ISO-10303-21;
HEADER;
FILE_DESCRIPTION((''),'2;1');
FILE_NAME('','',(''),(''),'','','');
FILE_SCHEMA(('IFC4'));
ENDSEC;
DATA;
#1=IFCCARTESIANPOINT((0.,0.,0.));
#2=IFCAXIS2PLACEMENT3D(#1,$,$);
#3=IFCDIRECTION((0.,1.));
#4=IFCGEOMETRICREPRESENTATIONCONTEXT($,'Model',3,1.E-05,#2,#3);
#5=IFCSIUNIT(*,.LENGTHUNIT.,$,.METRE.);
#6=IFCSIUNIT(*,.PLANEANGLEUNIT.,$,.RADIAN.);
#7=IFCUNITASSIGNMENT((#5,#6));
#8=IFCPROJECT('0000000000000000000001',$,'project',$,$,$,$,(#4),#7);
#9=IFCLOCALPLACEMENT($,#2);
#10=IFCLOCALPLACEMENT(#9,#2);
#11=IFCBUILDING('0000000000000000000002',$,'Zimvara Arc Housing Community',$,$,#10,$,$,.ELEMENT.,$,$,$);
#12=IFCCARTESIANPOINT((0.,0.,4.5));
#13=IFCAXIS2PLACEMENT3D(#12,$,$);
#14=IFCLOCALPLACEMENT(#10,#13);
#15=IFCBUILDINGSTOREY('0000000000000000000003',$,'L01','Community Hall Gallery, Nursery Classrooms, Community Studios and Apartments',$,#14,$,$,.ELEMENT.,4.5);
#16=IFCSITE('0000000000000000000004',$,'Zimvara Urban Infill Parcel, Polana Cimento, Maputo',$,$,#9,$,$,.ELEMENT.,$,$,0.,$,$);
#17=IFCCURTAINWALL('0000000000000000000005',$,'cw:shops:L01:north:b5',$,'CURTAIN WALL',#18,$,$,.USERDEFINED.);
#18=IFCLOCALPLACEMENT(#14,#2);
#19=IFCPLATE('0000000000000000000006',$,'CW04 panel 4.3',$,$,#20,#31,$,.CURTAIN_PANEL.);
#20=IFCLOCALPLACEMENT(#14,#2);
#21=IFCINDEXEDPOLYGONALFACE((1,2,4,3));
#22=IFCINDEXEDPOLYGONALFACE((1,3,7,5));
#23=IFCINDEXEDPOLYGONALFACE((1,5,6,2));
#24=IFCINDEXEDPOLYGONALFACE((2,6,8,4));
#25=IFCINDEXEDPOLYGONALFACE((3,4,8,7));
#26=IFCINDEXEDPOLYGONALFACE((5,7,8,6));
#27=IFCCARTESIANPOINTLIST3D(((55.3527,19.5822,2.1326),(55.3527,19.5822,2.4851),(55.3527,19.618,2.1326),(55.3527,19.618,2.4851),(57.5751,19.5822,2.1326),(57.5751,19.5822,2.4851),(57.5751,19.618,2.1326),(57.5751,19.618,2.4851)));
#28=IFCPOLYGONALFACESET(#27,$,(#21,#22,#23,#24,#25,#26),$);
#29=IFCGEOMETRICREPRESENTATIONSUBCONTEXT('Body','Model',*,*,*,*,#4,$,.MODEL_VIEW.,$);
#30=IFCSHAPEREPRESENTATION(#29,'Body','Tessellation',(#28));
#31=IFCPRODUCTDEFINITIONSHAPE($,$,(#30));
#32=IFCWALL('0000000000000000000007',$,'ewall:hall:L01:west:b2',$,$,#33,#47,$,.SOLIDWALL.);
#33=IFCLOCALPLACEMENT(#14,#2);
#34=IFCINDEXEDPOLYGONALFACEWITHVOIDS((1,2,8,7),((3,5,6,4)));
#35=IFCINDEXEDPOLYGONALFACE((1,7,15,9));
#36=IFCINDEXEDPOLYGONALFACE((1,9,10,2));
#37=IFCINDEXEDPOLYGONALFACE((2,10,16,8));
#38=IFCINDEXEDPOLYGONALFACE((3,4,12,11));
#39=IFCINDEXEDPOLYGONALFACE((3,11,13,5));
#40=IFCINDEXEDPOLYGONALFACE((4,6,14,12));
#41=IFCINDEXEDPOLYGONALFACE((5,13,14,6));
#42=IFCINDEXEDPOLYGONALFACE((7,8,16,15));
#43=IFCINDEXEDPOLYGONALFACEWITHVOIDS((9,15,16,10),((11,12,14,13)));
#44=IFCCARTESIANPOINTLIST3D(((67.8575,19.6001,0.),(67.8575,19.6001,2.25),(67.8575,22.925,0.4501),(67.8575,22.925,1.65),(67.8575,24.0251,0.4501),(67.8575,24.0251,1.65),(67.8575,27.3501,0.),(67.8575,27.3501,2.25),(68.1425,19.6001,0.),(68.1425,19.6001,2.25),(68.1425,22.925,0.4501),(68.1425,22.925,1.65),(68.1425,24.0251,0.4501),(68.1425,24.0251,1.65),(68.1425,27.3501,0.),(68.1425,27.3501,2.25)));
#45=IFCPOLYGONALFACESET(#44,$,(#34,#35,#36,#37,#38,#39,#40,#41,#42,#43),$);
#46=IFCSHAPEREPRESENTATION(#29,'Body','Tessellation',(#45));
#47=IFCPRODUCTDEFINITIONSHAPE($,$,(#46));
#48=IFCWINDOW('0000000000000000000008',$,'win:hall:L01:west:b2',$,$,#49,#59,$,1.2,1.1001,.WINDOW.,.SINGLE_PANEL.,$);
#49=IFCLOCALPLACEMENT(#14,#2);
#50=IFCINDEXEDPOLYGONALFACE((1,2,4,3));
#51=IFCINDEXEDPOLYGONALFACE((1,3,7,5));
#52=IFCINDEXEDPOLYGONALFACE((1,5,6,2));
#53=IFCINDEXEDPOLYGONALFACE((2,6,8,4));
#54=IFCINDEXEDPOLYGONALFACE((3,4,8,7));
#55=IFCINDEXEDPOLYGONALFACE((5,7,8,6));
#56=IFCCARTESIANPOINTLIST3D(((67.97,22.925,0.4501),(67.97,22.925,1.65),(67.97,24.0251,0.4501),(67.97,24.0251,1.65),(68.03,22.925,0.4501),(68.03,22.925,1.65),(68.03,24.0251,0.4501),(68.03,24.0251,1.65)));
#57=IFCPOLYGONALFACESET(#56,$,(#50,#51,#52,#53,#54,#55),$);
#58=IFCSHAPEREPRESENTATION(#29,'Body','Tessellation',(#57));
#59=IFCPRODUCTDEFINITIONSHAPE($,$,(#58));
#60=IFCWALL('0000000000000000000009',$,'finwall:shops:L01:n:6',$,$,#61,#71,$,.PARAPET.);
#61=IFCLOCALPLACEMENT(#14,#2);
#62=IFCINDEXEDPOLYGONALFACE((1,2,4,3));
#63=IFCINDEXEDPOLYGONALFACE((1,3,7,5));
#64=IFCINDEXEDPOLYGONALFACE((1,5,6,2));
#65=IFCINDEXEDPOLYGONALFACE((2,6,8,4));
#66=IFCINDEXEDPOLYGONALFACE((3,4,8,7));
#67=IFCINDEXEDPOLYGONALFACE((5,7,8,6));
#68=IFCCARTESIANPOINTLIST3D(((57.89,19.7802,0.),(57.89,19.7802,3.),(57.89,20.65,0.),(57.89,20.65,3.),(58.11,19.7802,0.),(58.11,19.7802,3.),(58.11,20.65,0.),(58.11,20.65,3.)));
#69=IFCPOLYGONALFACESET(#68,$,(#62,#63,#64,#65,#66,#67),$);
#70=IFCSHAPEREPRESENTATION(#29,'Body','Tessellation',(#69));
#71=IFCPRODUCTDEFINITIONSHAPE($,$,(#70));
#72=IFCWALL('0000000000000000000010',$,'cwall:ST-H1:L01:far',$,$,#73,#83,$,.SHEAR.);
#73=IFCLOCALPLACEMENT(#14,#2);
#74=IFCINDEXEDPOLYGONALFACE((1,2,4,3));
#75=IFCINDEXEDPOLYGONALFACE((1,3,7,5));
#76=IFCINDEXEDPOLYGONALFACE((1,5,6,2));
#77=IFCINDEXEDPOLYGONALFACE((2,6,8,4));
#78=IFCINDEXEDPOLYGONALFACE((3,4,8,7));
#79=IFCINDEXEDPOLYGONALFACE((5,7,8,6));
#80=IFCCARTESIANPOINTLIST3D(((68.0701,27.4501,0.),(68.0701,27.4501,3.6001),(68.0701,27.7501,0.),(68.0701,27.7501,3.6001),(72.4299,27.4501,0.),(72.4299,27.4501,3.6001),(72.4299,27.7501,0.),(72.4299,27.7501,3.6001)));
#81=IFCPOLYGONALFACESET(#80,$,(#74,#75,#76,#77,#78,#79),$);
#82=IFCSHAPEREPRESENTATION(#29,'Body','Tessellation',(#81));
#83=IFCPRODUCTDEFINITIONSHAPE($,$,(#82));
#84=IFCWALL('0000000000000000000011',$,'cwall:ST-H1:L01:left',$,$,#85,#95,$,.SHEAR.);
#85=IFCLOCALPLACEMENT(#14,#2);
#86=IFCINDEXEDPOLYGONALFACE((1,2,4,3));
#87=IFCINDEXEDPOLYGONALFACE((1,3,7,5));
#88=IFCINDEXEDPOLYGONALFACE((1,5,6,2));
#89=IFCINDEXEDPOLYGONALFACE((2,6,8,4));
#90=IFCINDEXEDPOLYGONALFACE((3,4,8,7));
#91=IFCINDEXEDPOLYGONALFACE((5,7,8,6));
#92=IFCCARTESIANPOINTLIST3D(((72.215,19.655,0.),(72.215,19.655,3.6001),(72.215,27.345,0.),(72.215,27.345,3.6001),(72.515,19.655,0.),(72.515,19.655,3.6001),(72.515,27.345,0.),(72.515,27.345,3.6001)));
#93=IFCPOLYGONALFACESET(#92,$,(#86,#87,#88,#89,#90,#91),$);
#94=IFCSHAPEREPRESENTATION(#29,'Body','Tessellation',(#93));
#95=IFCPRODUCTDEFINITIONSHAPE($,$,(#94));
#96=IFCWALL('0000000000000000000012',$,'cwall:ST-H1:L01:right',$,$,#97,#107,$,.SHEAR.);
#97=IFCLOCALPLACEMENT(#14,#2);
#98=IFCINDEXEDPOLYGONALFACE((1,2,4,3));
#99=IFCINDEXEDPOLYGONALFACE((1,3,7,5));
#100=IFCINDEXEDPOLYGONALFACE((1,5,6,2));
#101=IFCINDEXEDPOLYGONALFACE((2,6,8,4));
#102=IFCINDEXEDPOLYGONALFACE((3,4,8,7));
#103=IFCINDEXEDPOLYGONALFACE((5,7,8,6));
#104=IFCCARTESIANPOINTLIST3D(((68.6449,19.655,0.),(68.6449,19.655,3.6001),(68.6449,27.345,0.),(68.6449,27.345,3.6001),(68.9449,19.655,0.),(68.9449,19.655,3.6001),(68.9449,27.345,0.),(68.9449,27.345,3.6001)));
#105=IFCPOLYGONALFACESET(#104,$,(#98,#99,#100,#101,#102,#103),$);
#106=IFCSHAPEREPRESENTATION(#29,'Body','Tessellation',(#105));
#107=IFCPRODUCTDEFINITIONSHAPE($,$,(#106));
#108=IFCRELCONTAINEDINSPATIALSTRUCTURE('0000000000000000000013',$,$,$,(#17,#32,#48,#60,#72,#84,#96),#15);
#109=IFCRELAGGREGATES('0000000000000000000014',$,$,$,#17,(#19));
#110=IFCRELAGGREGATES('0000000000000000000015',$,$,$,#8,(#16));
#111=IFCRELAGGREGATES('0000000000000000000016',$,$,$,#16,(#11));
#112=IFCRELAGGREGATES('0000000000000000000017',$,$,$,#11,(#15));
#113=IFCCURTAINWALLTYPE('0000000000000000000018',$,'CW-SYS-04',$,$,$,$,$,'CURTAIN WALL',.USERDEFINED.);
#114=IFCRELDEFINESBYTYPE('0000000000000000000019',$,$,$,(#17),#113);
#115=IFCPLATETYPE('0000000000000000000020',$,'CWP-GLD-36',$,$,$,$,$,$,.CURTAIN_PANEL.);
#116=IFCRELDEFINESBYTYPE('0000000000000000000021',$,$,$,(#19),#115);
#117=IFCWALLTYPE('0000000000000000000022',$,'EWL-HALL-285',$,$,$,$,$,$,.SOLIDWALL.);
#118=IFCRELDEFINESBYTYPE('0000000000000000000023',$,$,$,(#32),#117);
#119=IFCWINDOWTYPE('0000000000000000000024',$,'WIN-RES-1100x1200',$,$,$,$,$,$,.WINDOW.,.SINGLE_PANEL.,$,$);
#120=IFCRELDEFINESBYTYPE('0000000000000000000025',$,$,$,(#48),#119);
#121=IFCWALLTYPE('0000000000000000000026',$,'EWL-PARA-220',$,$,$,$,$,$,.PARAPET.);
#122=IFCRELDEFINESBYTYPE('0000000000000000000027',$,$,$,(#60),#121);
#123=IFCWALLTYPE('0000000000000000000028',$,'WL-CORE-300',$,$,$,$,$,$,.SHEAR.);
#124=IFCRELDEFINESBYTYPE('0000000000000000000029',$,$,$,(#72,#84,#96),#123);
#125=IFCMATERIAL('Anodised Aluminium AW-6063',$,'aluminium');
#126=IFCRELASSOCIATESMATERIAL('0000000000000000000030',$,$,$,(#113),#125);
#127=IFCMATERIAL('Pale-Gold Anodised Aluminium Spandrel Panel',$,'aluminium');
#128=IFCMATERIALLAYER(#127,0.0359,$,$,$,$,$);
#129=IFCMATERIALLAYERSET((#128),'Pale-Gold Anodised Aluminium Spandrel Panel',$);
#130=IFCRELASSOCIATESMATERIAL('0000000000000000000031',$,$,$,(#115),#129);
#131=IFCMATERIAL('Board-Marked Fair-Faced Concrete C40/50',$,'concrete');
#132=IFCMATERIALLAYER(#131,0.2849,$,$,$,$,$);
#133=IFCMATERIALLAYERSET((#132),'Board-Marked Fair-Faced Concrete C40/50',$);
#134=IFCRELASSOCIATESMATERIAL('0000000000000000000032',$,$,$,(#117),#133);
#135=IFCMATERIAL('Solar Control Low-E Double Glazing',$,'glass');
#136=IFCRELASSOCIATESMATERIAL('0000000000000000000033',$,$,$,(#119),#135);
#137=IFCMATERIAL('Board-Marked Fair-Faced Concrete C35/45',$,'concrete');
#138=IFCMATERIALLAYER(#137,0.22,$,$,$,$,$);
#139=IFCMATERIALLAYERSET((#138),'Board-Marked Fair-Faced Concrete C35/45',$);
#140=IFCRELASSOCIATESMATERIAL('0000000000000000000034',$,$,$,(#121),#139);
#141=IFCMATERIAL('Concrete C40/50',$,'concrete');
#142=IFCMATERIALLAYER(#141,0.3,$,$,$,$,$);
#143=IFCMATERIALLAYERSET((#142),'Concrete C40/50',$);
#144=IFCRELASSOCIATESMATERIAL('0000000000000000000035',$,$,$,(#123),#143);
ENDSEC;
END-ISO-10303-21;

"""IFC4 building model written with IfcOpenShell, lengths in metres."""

from ifc_helpers import new_model, si_unit, direction, frame, frame_2d, origin, origin_2d, place, context, subcontext, project, spatial, rectangle, extrude, material, layer, layer_set, type_object, element, fill, aggregate, save


model = new_model("IFC4")

# Units and contexts
model_context = context("Model", 3, precision=1e-05, world=origin(), true_north=direction((0.0, 1.0)))
body_context = subcontext(model_context, "Body", "Model", "MODEL_VIEW")
ifc_project = project(units=[si_unit("LENGTHUNIT", "METRE"), si_unit("PLANEANGLEUNIT", "RADIAN")], contexts=[model_context])

# Site, building, storey
site_placement = place(None, origin())
site = spatial("IfcSite", under=ifc_project, at=site_placement, Name="Zimvara Urban Infill Parcel, Polana Cimento, Maputo", CompositionType="ELEMENT", RefElevation=0.0)
building_placement = place(site_placement, origin())
building = spatial("IfcBuilding", under=site, at=building_placement, Name="Zimvara Arc Housing Community", CompositionType="ELEMENT")
storey_placement = place(building_placement, frame((0.0, 0.0, 4.5)))
storey = spatial("IfcBuildingStorey", under=building, at=storey_placement, Name="L01", Description="Community Hall Gallery, Nursery Classrooms, Community Studios and Apartments", CompositionType="ELEMENT", Elevation=4.5)

# Curtain wall, plate
ifc_material_1 = material(Name="Anodised Aluminium AW-6063", Category="aluminium")
curtain_wall_type = type_object("IfcCurtainWallType", Name="CW-SYS-04", ElementType="CURTAIN WALL", PredefinedType="USERDEFINED", material=ifc_material_1)
curtain_wall_placement = place(storey_placement, origin())
curtain_wall = element("IfcCurtainWall", 1, at=curtain_wall_placement, inside=storey, type_object=curtain_wall_type, Name="cw:shops:L01:north:b5", ObjectType="CURTAIN WALL", PredefinedType="USERDEFINED")
ifc_material_2 = material(Name="Pale-Gold Anodised Aluminium Spandrel Panel", Category="aluminium")
ifc_layer_1 = layer(ifc_material_2, 0.0359)
ifc_layer_set_1 = layer_set([ifc_layer_1], Name="Pale-Gold Anodised Aluminium Spandrel Panel")
plate_type = type_object("IfcPlateType", Name="CWP-GLD-36", PredefinedType="CURTAIN_PANEL", material=ifc_layer_set_1)
plate_1_placement = place(storey_placement, frame((56.4639, 19.6001, 2.1326), z_axis=(0.0, 0.0, 1.0), x_axis=(1.0, 0.0, 0.0)))
plate_1 = element("IfcPlate", 2, at=plate_1_placement, type_object=plate_type, Name="CW04 panel 4.3", PredefinedType="CURTAIN_PANEL", context=body_context, shape_type="SweptSolid", body=[
    extrude(rectangle(XDim=2.2224, YDim=0.0359, at=origin_2d()), origin(), (0.0, 0.0, 1.0), 0.3525),
])
aggregate(curtain_wall, [plate_1])

# Wall, opening, window
ifc_material_3 = material(Name="Board-Marked Fair-Faced Concrete C40/50", Category="concrete")
ifc_layer_2 = layer(ifc_material_3, 0.2849)
ifc_layer_set_2 = layer_set([ifc_layer_2], Name="Board-Marked Fair-Faced Concrete C40/50")
wall_type_1 = type_object("IfcWallType", Name="EWL-HALL-285", PredefinedType="SOLIDWALL", material=ifc_layer_set_2)
wall_1_placement = place(storey_placement, frame((68.0, 19.6001, 0.0), z_axis=(0.0, 0.0, 1.0), x_axis=(0.0, 1.0, 0.0)))
wall_1 = element("IfcWall", 3, at=wall_1_placement, inside=storey, type_object=wall_type_1, Name="ewall:hall:L01:west:b2", PredefinedType="SOLIDWALL", context=body_context, shape_type="SweptSolid", body=[
    extrude(rectangle(XDim=7.75, YDim=0.2849, at=frame_2d((3.875, 0.0))), origin(), (0.0, 0.0, 1.0), 2.25),
])
opening_placement = place(wall_1_placement, frame((3.325, 0.0, 0.45)))
opening = element("IfcOpeningElement", 4, at=opening_placement, cuts=wall_1, PredefinedType="OPENING", context=body_context, shape_type="SweptSolid", body=[
    extrude(rectangle(XDim=1.1001, YDim=1.2, at=frame_2d((0.55, 0.6001))), frame((0.0, 0.1523, 0.0), z_axis=(0.0, -1.0, 0.0), x_axis=(1.0, 0.0, 0.0)), (0.0, 0.0, 1.0), 0.3049),
])
ifc_material_4 = material(Name="Solar Control Low-E Double Glazing", Category="glass")
window_type = type_object("IfcWindowType", Name="WIN-RES-1100x1200", PartitioningType="SINGLE_PANEL", PredefinedType="WINDOW", material=ifc_material_4)
window_placement = place(opening_placement, origin())
window = element("IfcWindow", 5, at=window_placement, inside=storey, type_object=window_type, Name="win:hall:L01:west:b2", OverallHeight=1.2, OverallWidth=1.1001, PartitioningType="SINGLE_PANEL", PredefinedType="WINDOW", context=body_context, shape_type="SweptSolid", body=[
    extrude(rectangle(XDim=1.1001, YDim=1.2, at=frame_2d((0.55, 0.6001))), frame((0.0, 0.03, 0.0), z_axis=(0.0, -1.0, 0.0), x_axis=(1.0, 0.0, 0.0)), (0.0, 0.0, 1.0), 0.0601),
])
fill(opening, window)

# Walls
ifc_material_5 = material(Name="Board-Marked Fair-Faced Concrete C35/45", Category="concrete")
ifc_layer_3 = layer(ifc_material_5, 0.22)
ifc_layer_set_3 = layer_set([ifc_layer_3], Name="Board-Marked Fair-Faced Concrete C35/45")
wall_type_2 = type_object("IfcWallType", Name="EWL-PARA-220", PredefinedType="PARAPET", material=ifc_layer_set_3)
wall_2_placement = place(storey_placement, frame((58.0, 19.78, 0.0), z_axis=(0.0, 0.0, 1.0), x_axis=(0.0, 1.0, 0.0)))
element("IfcWall", 6, at=wall_2_placement, inside=storey, type_object=wall_type_2, Name="finwall:shops:L01:n:6", PredefinedType="PARAPET", context=body_context, shape_type="SweptSolid", body=[
    extrude(rectangle(XDim=0.8699, YDim=0.22, at=frame_2d((0.4351, 0.0))), origin(), (0.0, 0.0, 1.0), 3.0),
])
ifc_material_6 = material(Name="Concrete C40/50", Category="concrete")
ifc_layer_4 = layer(ifc_material_6, 0.3)
ifc_layer_set_4 = layer_set([ifc_layer_4], Name="Concrete C40/50")
wall_type_3 = type_object("IfcWallType", Name="WL-CORE-300", PredefinedType="SHEAR", material=ifc_layer_set_4)
wall_3_placement = place(storey_placement, frame((72.4299, 27.6001, 0.0), z_axis=(0.0, 0.0, 1.0), x_axis=(-1.0, 0.0, 0.0)))
element("IfcWall", 7, at=wall_3_placement, inside=storey, type_object=wall_type_3, Name="cwall:ST-H1:L01:far", PredefinedType="SHEAR", context=body_context, shape_type="SweptSolid", body=[
    extrude(rectangle(XDim=4.3599, YDim=0.3, at=frame_2d((2.1799, 0.0))), origin(), (0.0, 0.0, 1.0), 3.6001),
])
for number, where, z_axis, x_axis, name in (
    (8, (72.365, 19.655, 0.0), (0.0, 0.0, 1.0), (0.0, 1.0, 0.0), "cwall:ST-H1:L01:left"),
    (9, (68.7949, 19.655, 0.0), (0.0, 0.0, 1.0), (0.0, 1.0, 0.0), "cwall:ST-H1:L01:right"),
):
    element("IfcWall", number, at=place(storey_placement, frame(where, z_axis=z_axis, x_axis=x_axis)), inside=storey, type_object=wall_type_3, Name=name, PredefinedType="SHEAR", context=body_context, shape_type="SweptSolid", body=[
        extrude(rectangle(XDim=7.6899, YDim=0.3, at=frame_2d((3.845, 0.0))), origin(), (0.0, 0.0, 1.0), 3.6001),
    ])

save(model, "model.ifc")
